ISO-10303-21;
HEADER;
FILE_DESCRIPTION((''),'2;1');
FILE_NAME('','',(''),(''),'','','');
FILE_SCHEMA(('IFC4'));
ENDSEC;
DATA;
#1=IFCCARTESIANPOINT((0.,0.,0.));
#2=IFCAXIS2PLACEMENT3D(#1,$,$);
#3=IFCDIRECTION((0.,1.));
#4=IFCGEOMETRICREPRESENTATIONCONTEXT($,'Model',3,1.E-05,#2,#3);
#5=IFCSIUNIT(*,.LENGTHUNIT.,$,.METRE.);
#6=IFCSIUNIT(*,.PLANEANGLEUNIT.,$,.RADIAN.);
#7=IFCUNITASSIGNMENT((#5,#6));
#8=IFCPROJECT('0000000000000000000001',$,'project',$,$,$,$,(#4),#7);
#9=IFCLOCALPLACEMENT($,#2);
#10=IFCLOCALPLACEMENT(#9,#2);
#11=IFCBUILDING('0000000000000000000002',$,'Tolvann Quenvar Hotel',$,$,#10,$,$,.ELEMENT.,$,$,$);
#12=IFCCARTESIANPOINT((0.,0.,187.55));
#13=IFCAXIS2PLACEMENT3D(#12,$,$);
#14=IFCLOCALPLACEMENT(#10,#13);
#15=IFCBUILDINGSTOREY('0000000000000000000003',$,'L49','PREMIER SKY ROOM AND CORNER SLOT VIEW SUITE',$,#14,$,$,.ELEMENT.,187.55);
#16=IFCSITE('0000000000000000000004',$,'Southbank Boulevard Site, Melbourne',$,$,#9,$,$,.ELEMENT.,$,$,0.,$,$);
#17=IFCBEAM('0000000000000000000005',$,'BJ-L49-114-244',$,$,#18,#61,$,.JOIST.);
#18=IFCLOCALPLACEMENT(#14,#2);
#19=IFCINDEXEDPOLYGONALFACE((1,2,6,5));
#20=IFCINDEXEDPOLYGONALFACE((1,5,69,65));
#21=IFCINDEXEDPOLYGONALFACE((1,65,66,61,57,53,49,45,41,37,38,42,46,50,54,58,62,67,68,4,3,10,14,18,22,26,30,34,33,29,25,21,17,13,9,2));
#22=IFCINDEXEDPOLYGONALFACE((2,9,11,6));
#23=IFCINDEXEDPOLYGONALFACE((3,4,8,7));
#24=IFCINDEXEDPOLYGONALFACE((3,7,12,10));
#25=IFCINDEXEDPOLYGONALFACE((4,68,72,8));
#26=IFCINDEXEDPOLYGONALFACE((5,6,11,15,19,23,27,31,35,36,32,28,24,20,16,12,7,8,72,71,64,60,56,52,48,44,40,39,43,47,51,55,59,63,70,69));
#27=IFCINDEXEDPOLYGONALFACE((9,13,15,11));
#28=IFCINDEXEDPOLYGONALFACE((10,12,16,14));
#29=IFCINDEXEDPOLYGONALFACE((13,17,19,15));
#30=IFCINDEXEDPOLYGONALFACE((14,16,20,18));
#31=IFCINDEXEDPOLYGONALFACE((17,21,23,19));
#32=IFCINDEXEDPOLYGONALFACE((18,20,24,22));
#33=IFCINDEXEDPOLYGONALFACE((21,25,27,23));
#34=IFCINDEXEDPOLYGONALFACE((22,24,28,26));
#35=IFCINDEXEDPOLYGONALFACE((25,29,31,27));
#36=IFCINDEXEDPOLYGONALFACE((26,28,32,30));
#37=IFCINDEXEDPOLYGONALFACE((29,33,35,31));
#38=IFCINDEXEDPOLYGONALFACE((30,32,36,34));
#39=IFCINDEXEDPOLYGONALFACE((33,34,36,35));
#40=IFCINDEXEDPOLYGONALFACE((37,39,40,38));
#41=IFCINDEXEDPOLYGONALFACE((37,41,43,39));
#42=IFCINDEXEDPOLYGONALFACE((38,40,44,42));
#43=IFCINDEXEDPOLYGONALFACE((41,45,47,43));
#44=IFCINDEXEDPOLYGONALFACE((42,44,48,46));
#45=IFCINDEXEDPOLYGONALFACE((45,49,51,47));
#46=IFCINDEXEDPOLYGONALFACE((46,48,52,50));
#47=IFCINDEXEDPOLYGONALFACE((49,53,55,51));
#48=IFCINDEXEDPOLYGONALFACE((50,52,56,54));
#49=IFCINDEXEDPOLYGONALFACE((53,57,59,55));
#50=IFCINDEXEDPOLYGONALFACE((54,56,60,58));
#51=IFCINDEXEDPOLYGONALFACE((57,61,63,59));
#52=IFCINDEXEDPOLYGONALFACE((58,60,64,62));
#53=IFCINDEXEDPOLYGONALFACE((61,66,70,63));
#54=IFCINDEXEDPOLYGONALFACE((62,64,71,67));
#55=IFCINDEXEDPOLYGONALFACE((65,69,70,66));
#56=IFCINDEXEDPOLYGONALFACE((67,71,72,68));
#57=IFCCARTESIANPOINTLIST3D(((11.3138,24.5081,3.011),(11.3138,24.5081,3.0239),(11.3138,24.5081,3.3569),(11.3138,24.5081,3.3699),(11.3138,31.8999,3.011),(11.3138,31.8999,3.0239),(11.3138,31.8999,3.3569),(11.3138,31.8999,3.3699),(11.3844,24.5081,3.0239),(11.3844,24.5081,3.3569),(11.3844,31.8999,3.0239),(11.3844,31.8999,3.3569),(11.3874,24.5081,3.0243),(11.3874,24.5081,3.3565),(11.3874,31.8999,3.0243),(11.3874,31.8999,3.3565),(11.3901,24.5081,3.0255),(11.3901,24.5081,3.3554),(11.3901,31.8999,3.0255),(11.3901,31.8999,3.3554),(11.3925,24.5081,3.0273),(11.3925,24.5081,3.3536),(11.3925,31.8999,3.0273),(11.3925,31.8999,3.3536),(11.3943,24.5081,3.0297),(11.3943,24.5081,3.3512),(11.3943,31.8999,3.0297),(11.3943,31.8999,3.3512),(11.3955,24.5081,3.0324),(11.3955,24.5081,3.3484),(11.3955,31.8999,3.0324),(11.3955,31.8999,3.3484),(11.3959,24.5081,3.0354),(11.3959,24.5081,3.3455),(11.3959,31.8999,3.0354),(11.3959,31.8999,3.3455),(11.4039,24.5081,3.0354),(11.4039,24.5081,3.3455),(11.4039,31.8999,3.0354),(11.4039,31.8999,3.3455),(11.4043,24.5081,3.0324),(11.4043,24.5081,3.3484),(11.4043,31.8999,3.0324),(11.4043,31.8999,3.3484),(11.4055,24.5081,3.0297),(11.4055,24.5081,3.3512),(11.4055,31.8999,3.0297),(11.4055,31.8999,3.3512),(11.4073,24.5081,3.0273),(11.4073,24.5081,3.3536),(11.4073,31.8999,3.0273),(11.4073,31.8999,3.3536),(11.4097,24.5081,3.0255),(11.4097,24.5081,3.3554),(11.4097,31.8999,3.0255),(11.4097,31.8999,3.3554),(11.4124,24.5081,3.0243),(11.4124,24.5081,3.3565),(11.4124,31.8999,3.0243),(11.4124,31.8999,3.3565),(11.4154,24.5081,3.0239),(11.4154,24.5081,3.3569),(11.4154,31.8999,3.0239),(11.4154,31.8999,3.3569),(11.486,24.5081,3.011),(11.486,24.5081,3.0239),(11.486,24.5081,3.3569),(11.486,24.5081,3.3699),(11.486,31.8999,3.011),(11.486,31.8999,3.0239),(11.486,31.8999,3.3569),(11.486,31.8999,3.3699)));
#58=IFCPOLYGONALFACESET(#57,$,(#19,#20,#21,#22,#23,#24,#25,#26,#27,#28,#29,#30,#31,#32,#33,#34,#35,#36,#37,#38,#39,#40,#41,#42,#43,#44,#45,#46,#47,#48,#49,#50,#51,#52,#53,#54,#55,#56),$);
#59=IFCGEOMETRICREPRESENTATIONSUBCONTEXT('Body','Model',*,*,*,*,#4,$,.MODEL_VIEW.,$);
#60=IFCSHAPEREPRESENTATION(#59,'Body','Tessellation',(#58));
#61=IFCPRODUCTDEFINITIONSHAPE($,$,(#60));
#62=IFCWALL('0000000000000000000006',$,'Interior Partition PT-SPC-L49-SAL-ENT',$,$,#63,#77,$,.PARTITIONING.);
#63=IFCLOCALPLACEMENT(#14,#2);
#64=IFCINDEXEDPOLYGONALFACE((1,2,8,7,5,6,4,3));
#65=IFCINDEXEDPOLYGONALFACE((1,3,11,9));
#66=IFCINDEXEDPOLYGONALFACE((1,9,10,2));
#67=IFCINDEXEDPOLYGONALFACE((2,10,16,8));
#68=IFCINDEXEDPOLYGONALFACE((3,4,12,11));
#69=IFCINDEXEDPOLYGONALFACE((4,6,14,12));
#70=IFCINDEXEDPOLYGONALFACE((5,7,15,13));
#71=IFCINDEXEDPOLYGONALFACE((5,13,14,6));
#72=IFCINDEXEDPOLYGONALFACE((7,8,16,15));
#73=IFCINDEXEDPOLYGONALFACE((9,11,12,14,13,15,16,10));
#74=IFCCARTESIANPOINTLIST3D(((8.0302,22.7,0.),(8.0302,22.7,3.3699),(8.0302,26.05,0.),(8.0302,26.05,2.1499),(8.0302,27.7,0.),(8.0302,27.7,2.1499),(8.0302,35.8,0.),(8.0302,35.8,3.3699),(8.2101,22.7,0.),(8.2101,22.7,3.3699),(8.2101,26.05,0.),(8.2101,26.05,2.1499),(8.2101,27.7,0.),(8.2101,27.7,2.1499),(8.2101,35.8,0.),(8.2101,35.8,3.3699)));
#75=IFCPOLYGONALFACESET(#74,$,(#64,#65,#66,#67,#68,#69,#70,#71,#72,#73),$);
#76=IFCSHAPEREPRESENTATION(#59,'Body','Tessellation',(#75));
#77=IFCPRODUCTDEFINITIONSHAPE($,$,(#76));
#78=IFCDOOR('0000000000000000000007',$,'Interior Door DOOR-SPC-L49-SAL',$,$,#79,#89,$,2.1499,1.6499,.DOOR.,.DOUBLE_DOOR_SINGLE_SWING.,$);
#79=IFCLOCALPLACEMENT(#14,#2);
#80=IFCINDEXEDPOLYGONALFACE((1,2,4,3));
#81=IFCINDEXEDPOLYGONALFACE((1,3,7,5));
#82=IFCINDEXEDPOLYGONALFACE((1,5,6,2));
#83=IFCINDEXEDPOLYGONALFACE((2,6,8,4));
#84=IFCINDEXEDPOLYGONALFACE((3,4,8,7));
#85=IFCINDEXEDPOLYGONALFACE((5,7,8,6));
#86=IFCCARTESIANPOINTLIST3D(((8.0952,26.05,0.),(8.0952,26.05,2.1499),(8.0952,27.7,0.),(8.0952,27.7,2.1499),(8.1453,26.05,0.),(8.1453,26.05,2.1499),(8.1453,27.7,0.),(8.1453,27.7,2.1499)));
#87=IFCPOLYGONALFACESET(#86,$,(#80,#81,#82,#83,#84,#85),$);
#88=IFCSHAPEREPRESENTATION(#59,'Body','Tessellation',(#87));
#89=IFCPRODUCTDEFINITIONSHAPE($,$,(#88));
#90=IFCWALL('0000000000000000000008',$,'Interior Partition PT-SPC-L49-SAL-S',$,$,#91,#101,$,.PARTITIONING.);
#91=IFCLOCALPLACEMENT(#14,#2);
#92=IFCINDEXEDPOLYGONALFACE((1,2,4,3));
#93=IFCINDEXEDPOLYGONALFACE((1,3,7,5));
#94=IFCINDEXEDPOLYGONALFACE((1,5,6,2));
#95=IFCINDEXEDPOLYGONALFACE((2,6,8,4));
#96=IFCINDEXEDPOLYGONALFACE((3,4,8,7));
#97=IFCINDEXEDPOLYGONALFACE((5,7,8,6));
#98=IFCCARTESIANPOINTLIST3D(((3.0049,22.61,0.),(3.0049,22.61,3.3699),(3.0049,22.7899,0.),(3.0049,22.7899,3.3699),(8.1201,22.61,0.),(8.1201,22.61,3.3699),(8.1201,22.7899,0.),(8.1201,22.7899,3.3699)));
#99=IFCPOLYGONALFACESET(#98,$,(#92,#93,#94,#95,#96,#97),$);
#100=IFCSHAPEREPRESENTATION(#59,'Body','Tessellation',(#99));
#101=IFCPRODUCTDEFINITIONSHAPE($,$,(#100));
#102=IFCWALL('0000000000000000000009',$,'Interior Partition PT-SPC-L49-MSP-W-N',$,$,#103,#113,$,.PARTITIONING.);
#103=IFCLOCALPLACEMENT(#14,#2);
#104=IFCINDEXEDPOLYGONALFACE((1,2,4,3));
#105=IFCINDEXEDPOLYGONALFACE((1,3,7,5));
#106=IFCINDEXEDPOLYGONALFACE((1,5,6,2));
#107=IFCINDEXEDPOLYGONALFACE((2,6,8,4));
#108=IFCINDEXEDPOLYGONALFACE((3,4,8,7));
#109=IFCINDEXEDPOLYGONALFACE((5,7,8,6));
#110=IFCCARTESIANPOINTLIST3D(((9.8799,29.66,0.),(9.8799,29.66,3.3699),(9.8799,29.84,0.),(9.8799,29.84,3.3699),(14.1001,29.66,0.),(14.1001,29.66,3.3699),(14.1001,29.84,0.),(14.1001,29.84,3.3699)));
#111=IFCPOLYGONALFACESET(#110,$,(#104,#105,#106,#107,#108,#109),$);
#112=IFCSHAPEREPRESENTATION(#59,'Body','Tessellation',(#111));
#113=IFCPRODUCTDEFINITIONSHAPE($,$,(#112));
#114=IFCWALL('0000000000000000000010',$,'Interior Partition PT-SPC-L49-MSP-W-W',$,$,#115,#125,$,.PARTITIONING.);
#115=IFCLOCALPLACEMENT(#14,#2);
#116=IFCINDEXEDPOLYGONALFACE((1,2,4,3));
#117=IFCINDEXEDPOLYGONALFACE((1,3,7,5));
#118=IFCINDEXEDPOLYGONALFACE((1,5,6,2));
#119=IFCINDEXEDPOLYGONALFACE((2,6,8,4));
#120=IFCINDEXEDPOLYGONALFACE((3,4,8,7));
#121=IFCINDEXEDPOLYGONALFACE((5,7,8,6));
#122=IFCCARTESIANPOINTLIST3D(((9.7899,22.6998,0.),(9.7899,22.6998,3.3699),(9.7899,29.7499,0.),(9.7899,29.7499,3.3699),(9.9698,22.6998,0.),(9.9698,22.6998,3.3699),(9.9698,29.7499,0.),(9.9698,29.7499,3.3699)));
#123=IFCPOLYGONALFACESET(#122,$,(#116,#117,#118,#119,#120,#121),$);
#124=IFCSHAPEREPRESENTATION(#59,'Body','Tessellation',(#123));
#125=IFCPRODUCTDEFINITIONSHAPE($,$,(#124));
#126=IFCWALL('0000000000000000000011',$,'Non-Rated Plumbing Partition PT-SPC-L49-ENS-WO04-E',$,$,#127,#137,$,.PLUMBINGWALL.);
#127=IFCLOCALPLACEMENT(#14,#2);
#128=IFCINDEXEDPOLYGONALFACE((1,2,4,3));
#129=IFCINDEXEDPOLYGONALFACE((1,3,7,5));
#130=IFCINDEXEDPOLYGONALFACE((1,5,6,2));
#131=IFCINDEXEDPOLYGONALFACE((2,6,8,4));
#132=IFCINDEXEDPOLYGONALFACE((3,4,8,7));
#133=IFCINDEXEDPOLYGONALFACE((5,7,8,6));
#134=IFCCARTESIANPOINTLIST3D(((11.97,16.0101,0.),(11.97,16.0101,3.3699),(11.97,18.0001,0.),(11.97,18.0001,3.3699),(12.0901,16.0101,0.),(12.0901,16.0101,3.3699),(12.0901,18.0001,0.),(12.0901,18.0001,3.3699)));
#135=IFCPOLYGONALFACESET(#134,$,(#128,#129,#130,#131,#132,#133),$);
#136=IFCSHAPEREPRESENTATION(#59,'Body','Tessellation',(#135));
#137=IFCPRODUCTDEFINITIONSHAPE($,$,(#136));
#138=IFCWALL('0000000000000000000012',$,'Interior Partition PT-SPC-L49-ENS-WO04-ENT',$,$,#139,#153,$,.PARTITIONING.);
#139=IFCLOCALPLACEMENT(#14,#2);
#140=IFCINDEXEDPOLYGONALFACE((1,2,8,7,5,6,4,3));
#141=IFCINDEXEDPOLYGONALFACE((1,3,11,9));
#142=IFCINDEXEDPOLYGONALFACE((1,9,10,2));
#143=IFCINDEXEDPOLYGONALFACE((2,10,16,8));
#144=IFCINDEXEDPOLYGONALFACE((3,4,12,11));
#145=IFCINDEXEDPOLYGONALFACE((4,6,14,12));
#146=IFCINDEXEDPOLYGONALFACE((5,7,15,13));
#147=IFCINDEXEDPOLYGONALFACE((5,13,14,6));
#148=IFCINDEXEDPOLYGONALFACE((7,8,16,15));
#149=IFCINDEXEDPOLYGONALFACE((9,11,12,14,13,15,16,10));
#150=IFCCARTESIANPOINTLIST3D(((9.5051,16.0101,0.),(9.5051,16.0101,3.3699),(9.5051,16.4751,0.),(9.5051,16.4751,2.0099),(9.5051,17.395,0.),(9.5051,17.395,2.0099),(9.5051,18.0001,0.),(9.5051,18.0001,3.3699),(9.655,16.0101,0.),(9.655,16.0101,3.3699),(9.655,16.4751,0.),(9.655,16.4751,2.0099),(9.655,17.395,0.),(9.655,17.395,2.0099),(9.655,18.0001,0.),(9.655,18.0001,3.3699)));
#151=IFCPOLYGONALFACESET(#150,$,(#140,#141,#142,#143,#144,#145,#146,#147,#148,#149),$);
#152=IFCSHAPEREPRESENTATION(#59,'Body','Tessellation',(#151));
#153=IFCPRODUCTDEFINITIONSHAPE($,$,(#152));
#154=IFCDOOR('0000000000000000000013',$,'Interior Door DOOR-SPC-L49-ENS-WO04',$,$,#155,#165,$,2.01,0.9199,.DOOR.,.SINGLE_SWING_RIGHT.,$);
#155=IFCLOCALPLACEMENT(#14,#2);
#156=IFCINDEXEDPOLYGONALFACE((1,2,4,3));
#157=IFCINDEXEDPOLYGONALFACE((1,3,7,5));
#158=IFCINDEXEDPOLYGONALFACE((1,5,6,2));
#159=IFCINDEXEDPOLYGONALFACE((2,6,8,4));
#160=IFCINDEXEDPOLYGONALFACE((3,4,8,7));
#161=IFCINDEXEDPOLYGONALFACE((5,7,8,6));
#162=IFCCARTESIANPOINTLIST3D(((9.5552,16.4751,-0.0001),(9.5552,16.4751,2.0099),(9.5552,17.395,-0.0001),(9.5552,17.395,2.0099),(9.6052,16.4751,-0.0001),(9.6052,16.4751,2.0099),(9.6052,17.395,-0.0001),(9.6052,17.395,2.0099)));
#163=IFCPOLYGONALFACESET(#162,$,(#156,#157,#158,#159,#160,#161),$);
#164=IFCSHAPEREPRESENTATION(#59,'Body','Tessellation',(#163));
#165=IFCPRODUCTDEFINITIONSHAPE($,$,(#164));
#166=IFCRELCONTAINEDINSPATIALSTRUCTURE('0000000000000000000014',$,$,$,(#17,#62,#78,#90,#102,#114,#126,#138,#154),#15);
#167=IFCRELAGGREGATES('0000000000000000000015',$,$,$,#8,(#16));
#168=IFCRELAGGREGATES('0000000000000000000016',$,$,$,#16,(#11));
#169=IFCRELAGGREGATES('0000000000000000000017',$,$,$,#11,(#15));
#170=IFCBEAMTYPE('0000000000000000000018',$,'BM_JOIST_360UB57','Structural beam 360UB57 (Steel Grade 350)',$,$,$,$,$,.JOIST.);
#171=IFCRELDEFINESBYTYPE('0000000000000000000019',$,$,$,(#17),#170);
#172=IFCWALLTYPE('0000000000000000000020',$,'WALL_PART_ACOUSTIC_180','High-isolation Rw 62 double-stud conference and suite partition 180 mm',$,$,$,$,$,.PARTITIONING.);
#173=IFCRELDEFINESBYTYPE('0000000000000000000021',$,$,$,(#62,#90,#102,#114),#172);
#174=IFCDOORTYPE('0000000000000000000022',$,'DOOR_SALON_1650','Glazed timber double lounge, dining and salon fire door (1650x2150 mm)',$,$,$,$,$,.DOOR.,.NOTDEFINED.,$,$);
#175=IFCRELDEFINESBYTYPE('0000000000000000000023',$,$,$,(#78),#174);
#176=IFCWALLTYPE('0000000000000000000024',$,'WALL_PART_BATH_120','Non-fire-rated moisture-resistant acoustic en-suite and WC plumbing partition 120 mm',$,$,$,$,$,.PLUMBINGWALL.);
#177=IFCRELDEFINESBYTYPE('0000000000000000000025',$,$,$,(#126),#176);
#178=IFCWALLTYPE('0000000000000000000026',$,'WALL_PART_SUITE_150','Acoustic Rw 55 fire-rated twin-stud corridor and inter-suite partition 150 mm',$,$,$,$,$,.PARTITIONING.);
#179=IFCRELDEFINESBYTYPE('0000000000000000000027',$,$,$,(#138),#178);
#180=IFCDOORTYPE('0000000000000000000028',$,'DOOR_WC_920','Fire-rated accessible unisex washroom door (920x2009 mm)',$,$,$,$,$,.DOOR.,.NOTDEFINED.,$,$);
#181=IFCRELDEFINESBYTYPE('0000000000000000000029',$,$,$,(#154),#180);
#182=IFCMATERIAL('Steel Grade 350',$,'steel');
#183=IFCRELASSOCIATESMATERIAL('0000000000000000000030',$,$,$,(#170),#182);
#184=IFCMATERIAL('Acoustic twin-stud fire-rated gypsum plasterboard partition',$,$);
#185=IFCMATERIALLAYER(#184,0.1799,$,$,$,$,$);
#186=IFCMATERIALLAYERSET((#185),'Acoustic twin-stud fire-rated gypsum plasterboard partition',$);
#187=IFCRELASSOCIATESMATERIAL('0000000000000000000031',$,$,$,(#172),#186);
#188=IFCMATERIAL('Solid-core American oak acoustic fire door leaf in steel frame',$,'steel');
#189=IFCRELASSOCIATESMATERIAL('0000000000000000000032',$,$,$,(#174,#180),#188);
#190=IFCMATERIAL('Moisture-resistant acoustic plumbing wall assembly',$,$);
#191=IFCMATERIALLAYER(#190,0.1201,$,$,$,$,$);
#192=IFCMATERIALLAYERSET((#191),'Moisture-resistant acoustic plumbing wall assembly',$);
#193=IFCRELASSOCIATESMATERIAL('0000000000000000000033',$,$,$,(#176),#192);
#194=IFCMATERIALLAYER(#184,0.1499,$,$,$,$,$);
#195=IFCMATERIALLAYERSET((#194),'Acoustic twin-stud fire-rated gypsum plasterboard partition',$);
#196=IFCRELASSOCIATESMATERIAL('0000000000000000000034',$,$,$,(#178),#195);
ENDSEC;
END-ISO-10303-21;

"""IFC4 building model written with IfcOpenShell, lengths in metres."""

from ifc_helpers import new_model, si_unit, direction, frame, frame_2d, origin, origin_2d, place, context, subcontext, project, spatial, rectangle, i_section, extrude, source, transform, mapped, material, layer, layer_set, material_profile, profile_set, type_object, type_shapes, element, fill, save


model = new_model("IFC4")

# Units and contexts
model_context = context("Model", 3, precision=1e-05, world=origin(), true_north=direction((0.0, 1.0)))
body_context = subcontext(model_context, "Body", "Model", "MODEL_VIEW")
ifc_project = project(units=[si_unit("LENGTHUNIT", "METRE"), si_unit("PLANEANGLEUNIT", "RADIAN")], contexts=[model_context])

# Site, building, storey
site_placement = place(None, origin())
site = spatial("IfcSite", under=ifc_project, at=site_placement, Name="Southbank Boulevard Site, Melbourne", CompositionType="ELEMENT", RefElevation=0.0)
building_placement = place(site_placement, origin())
building = spatial("IfcBuilding", under=site, at=building_placement, Name="Tolvann Quenvar Hotel", CompositionType="ELEMENT")
storey_placement = place(building_placement, frame((0.0, 0.0, 187.55)))
storey = spatial("IfcBuildingStorey", under=building, at=storey_placement, Name="L49", Description="PREMIER SKY ROOM AND CORNER SLOT VIEW SUITE", CompositionType="ELEMENT", Elevation=187.55)

# Shared definitions
ifc_material_1 = material(Name="Steel Grade 350", Category="steel")

# Beam
ifc_material_profile_1 = material_profile(ifc_material_1, i_section(OverallWidth=0.1721, OverallDepth=0.3589, WebThickness=0.0081, FlangeThickness=0.0129, FilletRadius=0.0115, at=origin_2d()), Name="360UB57")
ifc_profile_set_1 = profile_set([ifc_material_profile_1], Name="Steel Grade 350")
beam_type_1 = type_object("IfcBeamType", Name="BM_JOIST_360UB57", Description="Structural beam 360UB57 (Steel Grade 350)", PredefinedType="JOIST", material=ifc_profile_set_1)
shared_shape_1 = source(origin(), body_context, "Body", "SweptSolid", [
    extrude(i_section(OverallWidth=0.1721, OverallDepth=0.3589, WebThickness=0.0081, FlangeThickness=0.0129, FilletRadius=0.0115, at=origin_2d()), origin(), (0.0, 0.0, 1.0), 7.3918),
])
beam_1_placement = place(storey_placement, frame((11.3999, 24.5081, 3.1904), z_axis=(0.0, 1.0, 0.0), x_axis=(-1.0, 0.0, 0.0)))
element("IfcBeam", 1, at=beam_1_placement, inside=storey, type_object=beam_type_1, Name="BJ-L49-114-244", PredefinedType="JOIST", context=body_context, shape_type="MappedRepresentation", body=[
    mapped(shared_shape_1, transform((0.0, 0.0, 0.0), x_axis=(1.0, 0.0, 0.0), y_axis=(0.0, 1.0, 0.0), z_axis=(0.0, 0.0, 1.0), scale=1.0)),
])

# Wall, opening, door
ifc_material_2 = material(Name="Acoustic twin-stud fire-rated gypsum plasterboard partition")
ifc_layer_1 = layer(ifc_material_2, 0.1799)
ifc_layer_set_1 = layer_set([ifc_layer_1], Name="Acoustic twin-stud fire-rated gypsum plasterboard partition")
wall_type_1 = type_object("IfcWallType", Name="WALL_PART_ACOUSTIC_180", Description="High-isolation Rw 62 double-stud conference and suite partition 180 mm", PredefinedType="PARTITIONING", material=ifc_layer_set_1)
wall_1_placement = place(storey_placement, frame((8.1201, 22.7, 0.0), z_axis=(0.0, 0.0, 1.0), x_axis=(0.0, 1.0, 0.0)))
wall_1 = element("IfcWall", 2, at=wall_1_placement, inside=storey, type_object=wall_type_1, Name="Interior Partition PT-SPC-L49-SAL-ENT", PredefinedType="PARTITIONING", context=body_context, shape_type="SweptSolid", body=[
    extrude(rectangle(XDim=13.1001, YDim=0.1799, at=frame_2d((6.55, 0.0))), origin(), (0.0, 0.0, 1.0), 3.3699),
])
opening_1_placement = place(wall_1_placement, frame((3.3501, 0.0, 0.0)))
opening_1 = element("IfcOpeningElement", 3, at=opening_1_placement, cuts=wall_1, PredefinedType="OPENING", context=body_context, shape_type="SweptSolid", body=[
    extrude(rectangle(XDim=1.6499, YDim=2.1499, at=frame_2d((0.825, 1.075))), frame((0.0, 0.1001, 0.0), z_axis=(0.0, -1.0, 0.0), x_axis=(1.0, 0.0, 0.0)), (0.0, 0.0, 1.0), 0.2),
])
ifc_material_3 = material(Name="Solid-core American oak acoustic fire door leaf in steel frame", Category="steel")
door_type_1 = type_object("IfcDoorType", Name="DOOR_SALON_1650", Description="Glazed timber double lounge, dining and salon fire door (1650x2150 mm)", OperationType="NOTDEFINED", PredefinedType="DOOR", material=ifc_material_3)
shared_shape_2 = source(origin(), body_context, "Body", "SweptSolid", [
    extrude(rectangle(XDim=1.6499, YDim=2.1499, at=frame_2d((0.825, 1.075))), frame((0.0, 0.0249, 0.0), z_axis=(0.0, -1.0, 0.0), x_axis=(1.0, 0.0, 0.0)), (0.0, 0.0, 1.0), 0.05),
])
type_shapes(door_type_1, [shared_shape_2])
door_1_placement = place(opening_1_placement, origin())
door_1 = element("IfcDoor", 4, at=door_1_placement, inside=storey, type_object=door_type_1, Name="Interior Door DOOR-SPC-L49-SAL", OperationType="DOUBLE_DOOR_SINGLE_SWING", OverallHeight=2.1499, OverallWidth=1.6499, PredefinedType="DOOR", context=body_context, shape_type="MappedRepresentation", body=[
    mapped(shared_shape_2, transform((0.0, 0.0, 0.0), x_axis=(1.0, 0.0, 0.0), y_axis=(0.0, 1.0, 0.0), z_axis=(0.0, 0.0, 1.0), scale=1.0)),
])
fill(opening_1, door_1)

# Wall
wall_2_placement = place(storey_placement, frame((3.0049, 22.7, 0.0), z_axis=(0.0, 0.0, 1.0), x_axis=(1.0, 0.0, 0.0)))
element("IfcWall", 5, at=wall_2_placement, inside=storey, type_object=wall_type_1, Name="Interior Partition PT-SPC-L49-SAL-S", PredefinedType="PARTITIONING", context=body_context, shape_type="SweptSolid", body=[
    extrude(rectangle(XDim=5.1152, YDim=0.1799, at=frame_2d((2.5576, 0.0))), origin(), (0.0, 0.0, 1.0), 3.3699),
])

# Walls
wall_3_placement = place(storey_placement, frame((9.8799, 29.75, 0.0), z_axis=(0.0, 0.0, 1.0), x_axis=(1.0, 0.0, 0.0)))
element("IfcWall", 6, at=wall_3_placement, inside=storey, type_object=wall_type_1, Name="Interior Partition PT-SPC-L49-MSP-W-N", PredefinedType="PARTITIONING", context=body_context, shape_type="SweptSolid", body=[
    extrude(rectangle(XDim=4.2202, YDim=0.1799, at=frame_2d((2.1101, 0.0))), origin(), (0.0, 0.0, 1.0), 3.3699),
])
wall_4_placement = place(storey_placement, frame((9.8799, 22.7, 0.0), z_axis=(0.0, 0.0, 1.0), x_axis=(0.0, 1.0, 0.0)))
element("IfcWall", 7, at=wall_4_placement, inside=storey, type_object=wall_type_1, Name="Interior Partition PT-SPC-L49-MSP-W-W", PredefinedType="PARTITIONING", context=body_context, shape_type="SweptSolid", body=[
    extrude(rectangle(XDim=7.05, YDim=0.1799, at=frame_2d((3.5249, 0.0))), origin(), (0.0, 0.0, 1.0), 3.3699),
])
ifc_material_4 = material(Name="Moisture-resistant acoustic plumbing wall assembly")
ifc_layer_2 = layer(ifc_material_4, 0.1201)
ifc_layer_set_2 = layer_set([ifc_layer_2], Name="Moisture-resistant acoustic plumbing wall assembly")
wall_type_2 = type_object("IfcWallType", Name="WALL_PART_BATH_120", Description="Non-fire-rated moisture-resistant acoustic en-suite and WC plumbing partition 120 mm", PredefinedType="PLUMBINGWALL", material=ifc_layer_set_2)
wall_5_placement = place(storey_placement, frame((12.03, 16.01, 0.0), z_axis=(0.0, 0.0, 1.0), x_axis=(0.0, 1.0, 0.0)))
element("IfcWall", 8, at=wall_5_placement, inside=storey, type_object=wall_type_2, Name="Non-Rated Plumbing Partition PT-SPC-L49-ENS-WO04-E", PredefinedType="PLUMBINGWALL", context=body_context, shape_type="SweptSolid", body=[
    extrude(rectangle(XDim=1.99, YDim=0.1201, at=frame_2d((0.9951, 0.0))), origin(), (0.0, 0.0, 1.0), 3.3699),
])

# Wall, opening, door
ifc_layer_3 = layer(ifc_material_2, 0.1499)
ifc_layer_set_3 = layer_set([ifc_layer_3], Name="Acoustic twin-stud fire-rated gypsum plasterboard partition")
wall_type_3 = type_object("IfcWallType", Name="WALL_PART_SUITE_150", Description="Acoustic Rw 55 fire-rated twin-stud corridor and inter-suite partition 150 mm", PredefinedType="PARTITIONING", material=ifc_layer_set_3)
wall_6_placement = place(storey_placement, frame((9.5801, 16.01, 0.0), z_axis=(0.0, 0.0, 1.0), x_axis=(0.0, 1.0, 0.0)))
wall_6 = element("IfcWall", 9, at=wall_6_placement, inside=storey, type_object=wall_type_3, Name="Interior Partition PT-SPC-L49-ENS-WO04-ENT", PredefinedType="PARTITIONING", context=body_context, shape_type="SweptSolid", body=[
    extrude(rectangle(XDim=1.99, YDim=0.1499, at=frame_2d((0.9951, 0.0))), origin(), (0.0, 0.0, 1.0), 3.3699),
])
opening_2_placement = place(wall_6_placement, frame((0.4651, 0.0, 0.0)))
opening_2 = element("IfcOpeningElement", 10, at=opening_2_placement, cuts=wall_6, PredefinedType="OPENING", context=body_context, shape_type="SweptSolid", body=[
    extrude(rectangle(XDim=0.9199, YDim=2.01, at=frame_2d((0.46, 1.0049))), frame((0.0, 0.085, 0.0), z_axis=(0.0, -1.0, 0.0), x_axis=(1.0, 0.0, 0.0)), (0.0, 0.0, 1.0), 0.1699),
])
door_type_2 = type_object("IfcDoorType", Name="DOOR_WC_920", Description="Fire-rated accessible unisex washroom door (920x2009 mm)", OperationType="NOTDEFINED", PredefinedType="DOOR", material=ifc_material_3)
shared_shape_3 = source(origin(), body_context, "Body", "SweptSolid", [
    extrude(rectangle(XDim=0.9199, YDim=2.01, at=frame_2d((0.46, 1.0049))), frame((0.0, 0.0249, 0.0), z_axis=(0.0, -1.0, 0.0), x_axis=(1.0, 0.0, 0.0)), (0.0, 0.0, 1.0), 0.05),
])
type_shapes(door_type_2, [shared_shape_3])
door_2_placement = place(opening_2_placement, origin())
door_2 = element("IfcDoor", 11, at=door_2_placement, inside=storey, type_object=door_type_2, Name="Interior Door DOOR-SPC-L49-ENS-WO04", OperationType="SINGLE_SWING_RIGHT", OverallHeight=2.01, OverallWidth=0.9199, PredefinedType="DOOR", context=body_context, shape_type="MappedRepresentation", body=[
    mapped(shared_shape_3, transform((0.0, 0.0, 0.0), x_axis=(1.0, 0.0, 0.0), y_axis=(0.0, 1.0, 0.0), z_axis=(0.0, 0.0, 1.0), scale=1.0)),
])
fill(opening_2, door_2)

save(model, "model.ifc")
